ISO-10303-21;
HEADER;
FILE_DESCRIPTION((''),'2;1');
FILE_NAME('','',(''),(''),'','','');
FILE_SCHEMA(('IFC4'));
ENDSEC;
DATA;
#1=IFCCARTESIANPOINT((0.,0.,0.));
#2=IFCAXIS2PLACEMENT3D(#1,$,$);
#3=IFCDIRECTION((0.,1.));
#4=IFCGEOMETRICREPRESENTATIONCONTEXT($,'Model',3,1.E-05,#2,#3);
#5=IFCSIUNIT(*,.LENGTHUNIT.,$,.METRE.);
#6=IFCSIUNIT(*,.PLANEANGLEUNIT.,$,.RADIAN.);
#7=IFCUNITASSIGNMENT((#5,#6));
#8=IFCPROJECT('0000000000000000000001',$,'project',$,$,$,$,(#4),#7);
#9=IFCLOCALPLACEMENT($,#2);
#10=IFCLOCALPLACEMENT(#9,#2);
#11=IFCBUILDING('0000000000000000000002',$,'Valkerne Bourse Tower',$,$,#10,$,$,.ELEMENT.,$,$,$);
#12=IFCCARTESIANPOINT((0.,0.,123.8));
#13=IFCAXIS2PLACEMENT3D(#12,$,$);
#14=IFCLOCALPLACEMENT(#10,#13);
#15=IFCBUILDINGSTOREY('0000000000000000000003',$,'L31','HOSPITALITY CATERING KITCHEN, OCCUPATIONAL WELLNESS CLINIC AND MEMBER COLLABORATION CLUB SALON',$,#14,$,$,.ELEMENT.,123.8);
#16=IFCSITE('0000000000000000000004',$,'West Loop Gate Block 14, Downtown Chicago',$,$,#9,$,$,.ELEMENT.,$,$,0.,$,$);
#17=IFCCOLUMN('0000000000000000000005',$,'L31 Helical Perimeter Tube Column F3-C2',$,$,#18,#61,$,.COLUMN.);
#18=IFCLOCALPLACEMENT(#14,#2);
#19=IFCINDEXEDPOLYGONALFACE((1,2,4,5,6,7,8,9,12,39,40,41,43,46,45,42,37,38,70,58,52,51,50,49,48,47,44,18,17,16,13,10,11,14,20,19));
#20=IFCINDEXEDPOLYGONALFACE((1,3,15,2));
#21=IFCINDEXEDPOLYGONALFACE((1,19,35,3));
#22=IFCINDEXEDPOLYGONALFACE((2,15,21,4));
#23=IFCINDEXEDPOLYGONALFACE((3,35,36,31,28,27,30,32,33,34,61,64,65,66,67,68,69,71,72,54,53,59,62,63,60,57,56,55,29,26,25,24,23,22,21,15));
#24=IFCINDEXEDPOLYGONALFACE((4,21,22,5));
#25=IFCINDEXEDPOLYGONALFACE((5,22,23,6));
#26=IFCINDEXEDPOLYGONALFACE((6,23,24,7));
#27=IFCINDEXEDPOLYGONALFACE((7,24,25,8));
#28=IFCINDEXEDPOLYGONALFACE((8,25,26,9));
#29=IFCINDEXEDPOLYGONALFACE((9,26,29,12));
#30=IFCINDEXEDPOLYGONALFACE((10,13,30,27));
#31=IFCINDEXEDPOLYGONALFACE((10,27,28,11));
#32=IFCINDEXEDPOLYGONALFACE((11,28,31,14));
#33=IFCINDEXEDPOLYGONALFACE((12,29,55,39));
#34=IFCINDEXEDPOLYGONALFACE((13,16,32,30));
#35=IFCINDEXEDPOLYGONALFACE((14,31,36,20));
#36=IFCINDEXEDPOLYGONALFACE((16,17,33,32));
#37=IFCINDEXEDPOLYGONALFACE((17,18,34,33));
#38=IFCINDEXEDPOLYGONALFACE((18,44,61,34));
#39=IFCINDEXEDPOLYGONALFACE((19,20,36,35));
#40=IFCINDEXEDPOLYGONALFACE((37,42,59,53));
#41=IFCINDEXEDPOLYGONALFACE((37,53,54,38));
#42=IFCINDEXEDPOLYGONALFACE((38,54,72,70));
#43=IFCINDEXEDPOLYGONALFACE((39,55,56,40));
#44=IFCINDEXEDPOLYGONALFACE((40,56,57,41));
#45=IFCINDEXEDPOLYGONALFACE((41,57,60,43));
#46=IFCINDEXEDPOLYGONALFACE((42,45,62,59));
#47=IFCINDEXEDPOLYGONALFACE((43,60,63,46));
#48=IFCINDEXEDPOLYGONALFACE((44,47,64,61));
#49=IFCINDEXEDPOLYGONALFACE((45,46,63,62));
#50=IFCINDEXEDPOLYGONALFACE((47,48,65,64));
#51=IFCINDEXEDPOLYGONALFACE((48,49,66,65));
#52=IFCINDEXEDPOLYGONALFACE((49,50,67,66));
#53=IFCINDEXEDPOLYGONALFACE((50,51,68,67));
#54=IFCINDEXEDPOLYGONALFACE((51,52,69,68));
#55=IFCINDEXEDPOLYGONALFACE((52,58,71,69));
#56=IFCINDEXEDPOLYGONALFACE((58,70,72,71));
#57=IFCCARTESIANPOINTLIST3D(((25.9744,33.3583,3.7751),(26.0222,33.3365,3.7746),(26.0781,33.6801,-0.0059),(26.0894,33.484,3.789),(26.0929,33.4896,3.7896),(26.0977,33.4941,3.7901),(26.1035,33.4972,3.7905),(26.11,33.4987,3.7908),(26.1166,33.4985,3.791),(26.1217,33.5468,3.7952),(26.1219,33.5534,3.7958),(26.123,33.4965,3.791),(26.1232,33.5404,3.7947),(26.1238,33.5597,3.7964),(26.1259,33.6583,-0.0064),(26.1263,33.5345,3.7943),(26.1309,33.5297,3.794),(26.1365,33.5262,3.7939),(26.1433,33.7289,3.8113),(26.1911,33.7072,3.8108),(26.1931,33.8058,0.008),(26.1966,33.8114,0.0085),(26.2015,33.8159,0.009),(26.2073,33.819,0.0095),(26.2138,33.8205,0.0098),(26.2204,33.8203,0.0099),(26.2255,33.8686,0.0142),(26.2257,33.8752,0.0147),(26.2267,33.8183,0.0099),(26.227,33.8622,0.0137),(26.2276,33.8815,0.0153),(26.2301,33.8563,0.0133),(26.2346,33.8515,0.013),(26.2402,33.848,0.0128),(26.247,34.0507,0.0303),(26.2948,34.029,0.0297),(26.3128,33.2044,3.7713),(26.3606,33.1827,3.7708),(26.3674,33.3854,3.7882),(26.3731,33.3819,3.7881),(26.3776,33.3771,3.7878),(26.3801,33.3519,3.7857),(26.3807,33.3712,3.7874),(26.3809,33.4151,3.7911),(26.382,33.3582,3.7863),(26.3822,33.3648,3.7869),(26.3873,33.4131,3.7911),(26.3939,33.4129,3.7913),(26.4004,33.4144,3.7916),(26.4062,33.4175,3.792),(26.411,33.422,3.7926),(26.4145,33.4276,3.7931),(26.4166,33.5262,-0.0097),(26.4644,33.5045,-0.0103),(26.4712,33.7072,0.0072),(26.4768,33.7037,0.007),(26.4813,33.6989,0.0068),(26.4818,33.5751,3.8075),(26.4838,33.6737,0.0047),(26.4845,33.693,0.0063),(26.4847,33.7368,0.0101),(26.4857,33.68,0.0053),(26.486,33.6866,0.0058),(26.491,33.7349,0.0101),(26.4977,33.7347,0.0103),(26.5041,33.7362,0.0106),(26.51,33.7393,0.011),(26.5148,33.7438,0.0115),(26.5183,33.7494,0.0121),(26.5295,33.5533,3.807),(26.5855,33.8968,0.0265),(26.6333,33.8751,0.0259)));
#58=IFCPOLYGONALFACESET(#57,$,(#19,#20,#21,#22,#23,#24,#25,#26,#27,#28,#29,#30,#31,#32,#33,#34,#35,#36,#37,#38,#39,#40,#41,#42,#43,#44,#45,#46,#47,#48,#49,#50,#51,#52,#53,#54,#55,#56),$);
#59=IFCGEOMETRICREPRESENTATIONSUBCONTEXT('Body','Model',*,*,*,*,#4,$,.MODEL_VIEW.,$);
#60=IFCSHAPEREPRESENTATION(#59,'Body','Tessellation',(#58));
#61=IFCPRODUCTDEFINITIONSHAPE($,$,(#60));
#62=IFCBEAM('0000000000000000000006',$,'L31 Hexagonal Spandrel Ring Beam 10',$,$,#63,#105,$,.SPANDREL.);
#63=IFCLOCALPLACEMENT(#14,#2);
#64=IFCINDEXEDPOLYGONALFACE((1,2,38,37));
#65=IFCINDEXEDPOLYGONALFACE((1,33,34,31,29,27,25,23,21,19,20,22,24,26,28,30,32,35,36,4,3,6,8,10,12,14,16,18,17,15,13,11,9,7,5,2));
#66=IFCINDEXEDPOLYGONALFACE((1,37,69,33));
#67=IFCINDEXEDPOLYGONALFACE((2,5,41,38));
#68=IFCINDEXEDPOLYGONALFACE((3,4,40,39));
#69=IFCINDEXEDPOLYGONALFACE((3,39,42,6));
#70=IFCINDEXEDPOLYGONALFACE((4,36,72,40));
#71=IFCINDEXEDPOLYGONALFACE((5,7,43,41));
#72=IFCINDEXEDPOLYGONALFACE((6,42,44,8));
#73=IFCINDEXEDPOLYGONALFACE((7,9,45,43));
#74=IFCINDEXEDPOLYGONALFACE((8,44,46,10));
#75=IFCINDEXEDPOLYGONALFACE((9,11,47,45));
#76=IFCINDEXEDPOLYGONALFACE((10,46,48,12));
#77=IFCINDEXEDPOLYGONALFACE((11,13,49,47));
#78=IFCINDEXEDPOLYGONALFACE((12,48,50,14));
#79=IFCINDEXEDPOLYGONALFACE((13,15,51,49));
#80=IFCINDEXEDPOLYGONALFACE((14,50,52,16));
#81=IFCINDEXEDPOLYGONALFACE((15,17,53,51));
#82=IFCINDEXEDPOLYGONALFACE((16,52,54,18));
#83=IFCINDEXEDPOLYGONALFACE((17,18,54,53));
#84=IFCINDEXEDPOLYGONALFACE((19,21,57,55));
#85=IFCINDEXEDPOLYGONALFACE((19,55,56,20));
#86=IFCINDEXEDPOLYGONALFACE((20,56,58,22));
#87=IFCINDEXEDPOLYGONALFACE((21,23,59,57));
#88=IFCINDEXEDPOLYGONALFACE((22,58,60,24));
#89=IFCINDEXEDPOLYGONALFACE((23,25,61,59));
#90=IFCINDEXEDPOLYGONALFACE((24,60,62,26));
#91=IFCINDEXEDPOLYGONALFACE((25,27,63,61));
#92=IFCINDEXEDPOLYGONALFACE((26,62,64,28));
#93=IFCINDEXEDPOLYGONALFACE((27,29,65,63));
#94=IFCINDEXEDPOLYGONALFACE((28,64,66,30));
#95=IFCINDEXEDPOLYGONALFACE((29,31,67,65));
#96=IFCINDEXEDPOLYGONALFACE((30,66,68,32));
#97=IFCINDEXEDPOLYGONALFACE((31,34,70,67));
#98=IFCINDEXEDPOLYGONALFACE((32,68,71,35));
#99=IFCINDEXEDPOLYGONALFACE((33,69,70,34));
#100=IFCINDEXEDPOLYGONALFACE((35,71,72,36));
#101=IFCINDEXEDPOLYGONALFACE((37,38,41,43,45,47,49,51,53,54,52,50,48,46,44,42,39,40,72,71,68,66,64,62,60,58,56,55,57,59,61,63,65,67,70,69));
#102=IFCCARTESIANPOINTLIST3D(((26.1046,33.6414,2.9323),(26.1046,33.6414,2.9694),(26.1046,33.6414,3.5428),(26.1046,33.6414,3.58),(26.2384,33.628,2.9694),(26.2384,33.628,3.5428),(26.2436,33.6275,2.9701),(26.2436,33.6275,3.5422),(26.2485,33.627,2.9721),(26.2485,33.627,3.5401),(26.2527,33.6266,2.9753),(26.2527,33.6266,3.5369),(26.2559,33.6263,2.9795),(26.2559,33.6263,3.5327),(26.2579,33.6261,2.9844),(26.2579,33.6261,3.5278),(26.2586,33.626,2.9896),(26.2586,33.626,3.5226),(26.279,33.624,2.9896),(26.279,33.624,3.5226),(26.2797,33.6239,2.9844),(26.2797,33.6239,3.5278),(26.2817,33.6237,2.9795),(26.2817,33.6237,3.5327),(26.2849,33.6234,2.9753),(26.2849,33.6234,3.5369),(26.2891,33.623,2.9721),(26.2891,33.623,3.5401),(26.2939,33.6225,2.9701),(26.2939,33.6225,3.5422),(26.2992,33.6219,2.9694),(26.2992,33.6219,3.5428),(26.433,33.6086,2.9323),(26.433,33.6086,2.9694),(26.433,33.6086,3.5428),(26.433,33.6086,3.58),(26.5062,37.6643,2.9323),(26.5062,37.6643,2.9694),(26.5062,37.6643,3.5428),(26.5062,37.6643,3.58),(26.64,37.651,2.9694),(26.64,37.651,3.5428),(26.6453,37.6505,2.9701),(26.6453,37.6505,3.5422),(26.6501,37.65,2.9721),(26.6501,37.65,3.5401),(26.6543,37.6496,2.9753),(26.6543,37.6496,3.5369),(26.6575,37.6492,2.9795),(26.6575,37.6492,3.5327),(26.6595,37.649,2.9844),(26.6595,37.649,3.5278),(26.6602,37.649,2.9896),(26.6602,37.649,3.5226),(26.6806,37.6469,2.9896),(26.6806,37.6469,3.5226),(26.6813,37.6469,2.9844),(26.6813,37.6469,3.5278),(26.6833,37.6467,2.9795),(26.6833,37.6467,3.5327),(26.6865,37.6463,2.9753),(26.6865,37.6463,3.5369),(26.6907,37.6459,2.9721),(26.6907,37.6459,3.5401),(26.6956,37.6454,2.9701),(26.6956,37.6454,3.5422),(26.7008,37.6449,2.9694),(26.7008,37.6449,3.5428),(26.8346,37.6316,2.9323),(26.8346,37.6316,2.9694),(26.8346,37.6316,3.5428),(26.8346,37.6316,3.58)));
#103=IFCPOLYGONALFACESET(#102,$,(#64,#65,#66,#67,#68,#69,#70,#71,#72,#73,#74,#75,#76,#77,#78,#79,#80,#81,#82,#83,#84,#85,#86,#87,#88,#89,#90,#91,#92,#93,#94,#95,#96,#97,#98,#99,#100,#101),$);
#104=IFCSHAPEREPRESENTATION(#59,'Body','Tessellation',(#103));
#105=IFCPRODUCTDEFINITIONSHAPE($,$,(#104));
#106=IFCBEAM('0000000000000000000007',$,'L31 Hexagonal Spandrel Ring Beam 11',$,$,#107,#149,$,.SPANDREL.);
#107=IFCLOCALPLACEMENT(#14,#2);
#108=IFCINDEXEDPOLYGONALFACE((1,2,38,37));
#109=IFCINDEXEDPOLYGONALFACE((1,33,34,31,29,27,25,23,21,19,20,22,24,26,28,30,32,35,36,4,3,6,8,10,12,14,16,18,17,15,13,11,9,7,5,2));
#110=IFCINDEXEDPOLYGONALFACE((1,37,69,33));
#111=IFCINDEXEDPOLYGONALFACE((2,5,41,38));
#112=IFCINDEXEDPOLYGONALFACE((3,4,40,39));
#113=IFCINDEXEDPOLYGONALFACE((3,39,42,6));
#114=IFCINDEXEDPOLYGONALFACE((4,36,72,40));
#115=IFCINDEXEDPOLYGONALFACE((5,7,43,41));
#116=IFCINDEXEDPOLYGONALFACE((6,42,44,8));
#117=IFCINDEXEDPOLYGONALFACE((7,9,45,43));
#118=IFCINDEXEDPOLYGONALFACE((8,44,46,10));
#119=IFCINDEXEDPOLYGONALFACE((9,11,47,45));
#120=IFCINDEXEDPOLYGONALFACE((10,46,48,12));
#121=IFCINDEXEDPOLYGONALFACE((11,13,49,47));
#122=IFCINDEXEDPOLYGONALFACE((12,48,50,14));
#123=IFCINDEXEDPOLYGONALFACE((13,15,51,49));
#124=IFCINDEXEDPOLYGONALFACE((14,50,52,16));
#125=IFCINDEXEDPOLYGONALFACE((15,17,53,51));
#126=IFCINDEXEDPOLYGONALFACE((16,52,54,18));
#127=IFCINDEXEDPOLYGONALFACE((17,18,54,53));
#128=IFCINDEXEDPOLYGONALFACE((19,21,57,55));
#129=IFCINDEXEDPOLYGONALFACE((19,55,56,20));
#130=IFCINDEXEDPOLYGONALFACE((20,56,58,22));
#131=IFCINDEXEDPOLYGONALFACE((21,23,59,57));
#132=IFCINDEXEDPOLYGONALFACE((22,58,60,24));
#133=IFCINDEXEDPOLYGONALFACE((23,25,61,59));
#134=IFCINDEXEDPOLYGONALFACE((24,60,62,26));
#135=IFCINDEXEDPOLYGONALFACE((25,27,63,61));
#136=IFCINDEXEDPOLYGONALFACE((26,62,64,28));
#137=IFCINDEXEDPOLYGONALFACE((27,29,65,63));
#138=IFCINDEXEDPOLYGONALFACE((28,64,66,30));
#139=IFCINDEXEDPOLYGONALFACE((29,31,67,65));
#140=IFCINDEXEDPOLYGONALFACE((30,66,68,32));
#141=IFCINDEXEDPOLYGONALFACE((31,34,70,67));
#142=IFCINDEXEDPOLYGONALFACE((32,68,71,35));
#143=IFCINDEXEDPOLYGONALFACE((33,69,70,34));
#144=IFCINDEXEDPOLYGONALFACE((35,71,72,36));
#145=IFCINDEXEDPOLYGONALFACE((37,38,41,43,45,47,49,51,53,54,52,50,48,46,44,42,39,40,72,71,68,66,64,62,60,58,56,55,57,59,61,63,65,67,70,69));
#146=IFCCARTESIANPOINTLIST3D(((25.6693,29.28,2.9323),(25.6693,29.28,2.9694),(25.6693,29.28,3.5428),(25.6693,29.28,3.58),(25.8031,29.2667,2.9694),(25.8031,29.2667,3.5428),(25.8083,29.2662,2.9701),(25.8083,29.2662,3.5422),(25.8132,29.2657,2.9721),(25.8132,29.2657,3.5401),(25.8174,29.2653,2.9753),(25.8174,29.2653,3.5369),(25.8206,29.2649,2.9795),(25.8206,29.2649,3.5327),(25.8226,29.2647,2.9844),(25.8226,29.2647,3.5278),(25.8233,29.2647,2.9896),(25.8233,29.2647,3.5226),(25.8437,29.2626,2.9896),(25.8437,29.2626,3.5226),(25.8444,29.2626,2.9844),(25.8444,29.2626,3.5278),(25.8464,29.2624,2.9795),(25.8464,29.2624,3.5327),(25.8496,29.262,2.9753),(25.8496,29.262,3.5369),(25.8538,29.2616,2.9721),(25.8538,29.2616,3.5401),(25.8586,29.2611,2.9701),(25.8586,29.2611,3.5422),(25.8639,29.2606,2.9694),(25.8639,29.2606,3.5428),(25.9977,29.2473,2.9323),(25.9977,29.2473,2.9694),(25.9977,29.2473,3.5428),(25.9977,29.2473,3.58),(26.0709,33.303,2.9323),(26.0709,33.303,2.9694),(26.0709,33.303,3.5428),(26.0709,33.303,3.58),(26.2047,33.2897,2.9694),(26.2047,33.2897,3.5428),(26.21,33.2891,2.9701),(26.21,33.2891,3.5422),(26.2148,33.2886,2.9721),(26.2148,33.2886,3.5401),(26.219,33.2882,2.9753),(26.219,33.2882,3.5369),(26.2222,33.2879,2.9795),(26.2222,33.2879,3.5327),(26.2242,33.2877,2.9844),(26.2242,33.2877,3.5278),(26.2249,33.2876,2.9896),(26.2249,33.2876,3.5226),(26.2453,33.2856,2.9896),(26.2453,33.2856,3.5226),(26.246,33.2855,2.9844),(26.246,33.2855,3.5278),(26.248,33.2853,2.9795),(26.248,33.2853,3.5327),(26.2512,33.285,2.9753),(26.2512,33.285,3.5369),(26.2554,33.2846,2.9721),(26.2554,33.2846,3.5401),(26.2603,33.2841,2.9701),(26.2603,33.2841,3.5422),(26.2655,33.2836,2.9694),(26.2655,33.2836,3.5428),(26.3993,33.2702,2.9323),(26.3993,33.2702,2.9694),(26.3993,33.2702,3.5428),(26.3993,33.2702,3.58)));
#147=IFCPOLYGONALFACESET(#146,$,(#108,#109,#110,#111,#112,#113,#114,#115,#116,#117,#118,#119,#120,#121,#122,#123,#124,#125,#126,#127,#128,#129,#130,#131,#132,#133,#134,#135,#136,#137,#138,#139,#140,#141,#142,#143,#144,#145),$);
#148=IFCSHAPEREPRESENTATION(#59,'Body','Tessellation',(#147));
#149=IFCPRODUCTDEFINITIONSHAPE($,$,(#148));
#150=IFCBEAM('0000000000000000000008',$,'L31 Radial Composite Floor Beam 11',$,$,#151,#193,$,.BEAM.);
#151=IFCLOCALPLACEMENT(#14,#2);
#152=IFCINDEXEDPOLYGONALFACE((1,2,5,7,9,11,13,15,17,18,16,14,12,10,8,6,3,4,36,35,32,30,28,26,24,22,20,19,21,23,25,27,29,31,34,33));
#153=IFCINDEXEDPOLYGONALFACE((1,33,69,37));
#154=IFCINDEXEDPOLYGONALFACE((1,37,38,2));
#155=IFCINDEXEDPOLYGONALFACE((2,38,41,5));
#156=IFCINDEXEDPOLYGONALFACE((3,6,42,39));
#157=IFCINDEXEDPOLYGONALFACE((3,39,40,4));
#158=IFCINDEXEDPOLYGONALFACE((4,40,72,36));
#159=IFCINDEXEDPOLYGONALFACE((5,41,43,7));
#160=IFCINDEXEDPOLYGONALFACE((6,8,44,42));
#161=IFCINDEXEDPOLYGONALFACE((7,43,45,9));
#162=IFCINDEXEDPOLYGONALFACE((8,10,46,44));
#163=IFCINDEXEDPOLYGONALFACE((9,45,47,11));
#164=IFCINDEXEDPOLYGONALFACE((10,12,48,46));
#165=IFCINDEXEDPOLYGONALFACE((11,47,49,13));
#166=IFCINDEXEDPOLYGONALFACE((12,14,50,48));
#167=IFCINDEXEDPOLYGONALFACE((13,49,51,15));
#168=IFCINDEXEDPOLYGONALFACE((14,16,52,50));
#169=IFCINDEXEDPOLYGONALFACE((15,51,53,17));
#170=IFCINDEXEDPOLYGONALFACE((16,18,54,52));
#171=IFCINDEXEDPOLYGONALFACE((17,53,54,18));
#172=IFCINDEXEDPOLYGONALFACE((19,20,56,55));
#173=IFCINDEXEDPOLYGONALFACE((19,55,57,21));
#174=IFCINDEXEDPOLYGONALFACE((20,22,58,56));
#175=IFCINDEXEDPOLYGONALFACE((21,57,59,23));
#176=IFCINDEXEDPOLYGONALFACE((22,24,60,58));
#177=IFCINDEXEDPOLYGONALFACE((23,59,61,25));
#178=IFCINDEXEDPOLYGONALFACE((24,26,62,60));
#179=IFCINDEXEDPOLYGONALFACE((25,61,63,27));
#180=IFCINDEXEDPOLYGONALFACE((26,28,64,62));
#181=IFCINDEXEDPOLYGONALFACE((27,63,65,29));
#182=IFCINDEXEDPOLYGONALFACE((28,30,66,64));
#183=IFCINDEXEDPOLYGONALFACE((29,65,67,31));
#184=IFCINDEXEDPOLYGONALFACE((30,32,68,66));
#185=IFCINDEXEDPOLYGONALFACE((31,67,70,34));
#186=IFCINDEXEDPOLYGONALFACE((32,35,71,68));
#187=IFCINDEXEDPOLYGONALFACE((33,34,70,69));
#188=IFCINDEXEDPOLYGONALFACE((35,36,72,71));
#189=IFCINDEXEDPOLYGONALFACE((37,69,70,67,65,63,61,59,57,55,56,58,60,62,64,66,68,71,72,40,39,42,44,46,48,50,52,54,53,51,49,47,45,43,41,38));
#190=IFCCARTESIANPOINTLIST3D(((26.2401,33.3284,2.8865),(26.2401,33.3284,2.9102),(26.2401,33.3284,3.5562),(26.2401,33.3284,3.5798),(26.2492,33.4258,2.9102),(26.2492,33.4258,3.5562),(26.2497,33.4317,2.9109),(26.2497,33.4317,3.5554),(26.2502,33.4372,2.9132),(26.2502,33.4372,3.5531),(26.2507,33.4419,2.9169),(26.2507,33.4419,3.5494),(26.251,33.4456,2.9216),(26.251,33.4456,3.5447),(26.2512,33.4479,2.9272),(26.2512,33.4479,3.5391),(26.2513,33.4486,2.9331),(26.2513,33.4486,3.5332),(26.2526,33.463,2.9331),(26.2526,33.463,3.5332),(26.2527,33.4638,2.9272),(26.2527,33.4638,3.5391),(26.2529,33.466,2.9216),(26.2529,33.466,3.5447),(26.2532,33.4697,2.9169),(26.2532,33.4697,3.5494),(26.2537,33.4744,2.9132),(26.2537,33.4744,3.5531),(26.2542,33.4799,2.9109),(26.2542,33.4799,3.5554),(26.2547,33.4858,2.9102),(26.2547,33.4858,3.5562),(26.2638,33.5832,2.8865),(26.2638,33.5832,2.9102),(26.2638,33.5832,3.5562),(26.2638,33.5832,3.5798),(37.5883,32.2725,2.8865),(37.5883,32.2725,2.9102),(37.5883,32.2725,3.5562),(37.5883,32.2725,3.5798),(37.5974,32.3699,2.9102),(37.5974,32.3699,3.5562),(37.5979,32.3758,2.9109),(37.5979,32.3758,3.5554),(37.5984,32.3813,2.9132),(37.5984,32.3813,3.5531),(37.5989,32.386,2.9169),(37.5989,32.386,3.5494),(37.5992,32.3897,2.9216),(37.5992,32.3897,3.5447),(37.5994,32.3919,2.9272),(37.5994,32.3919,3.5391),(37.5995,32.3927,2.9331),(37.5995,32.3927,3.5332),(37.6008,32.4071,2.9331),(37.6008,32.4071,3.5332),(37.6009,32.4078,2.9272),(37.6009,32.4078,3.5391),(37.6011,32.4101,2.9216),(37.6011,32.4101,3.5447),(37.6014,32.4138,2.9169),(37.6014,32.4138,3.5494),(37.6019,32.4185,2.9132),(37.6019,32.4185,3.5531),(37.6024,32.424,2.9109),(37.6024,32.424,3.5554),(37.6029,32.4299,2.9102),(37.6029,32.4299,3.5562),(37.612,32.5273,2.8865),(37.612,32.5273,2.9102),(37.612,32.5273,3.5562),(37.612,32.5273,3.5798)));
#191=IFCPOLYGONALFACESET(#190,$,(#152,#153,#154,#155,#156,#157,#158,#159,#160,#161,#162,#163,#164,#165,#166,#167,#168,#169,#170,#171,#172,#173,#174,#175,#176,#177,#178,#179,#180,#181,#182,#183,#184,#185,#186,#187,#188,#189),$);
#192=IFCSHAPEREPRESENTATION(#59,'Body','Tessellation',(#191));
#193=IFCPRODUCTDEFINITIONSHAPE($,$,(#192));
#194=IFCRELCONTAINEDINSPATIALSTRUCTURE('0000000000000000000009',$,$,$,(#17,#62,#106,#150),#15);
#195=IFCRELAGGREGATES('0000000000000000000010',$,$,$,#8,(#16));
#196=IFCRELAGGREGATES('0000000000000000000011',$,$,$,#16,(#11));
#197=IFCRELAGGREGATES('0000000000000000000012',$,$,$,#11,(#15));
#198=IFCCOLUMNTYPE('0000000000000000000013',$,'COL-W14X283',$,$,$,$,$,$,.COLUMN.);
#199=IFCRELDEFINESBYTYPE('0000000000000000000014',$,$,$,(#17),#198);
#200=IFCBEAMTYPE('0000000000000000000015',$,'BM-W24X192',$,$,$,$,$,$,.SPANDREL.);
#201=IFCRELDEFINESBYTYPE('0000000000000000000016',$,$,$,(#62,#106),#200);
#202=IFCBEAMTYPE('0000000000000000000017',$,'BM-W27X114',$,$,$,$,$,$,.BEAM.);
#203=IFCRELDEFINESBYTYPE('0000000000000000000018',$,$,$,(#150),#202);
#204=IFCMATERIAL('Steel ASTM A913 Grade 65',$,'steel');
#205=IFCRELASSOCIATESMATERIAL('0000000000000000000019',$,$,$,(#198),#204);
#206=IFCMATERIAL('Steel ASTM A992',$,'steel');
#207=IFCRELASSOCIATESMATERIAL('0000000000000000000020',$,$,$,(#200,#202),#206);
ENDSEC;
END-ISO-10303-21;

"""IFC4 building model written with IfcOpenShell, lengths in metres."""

from ifc_helpers import new_model, si_unit, direction, frame, origin, origin_2d, place, context, subcontext, project, spatial, i_section, extrude, material, material_profile, profile_set, type_object, element, save


model = new_model("IFC4")

# Units and contexts
model_context = context("Model", 3, precision=1e-05, world=origin(), true_north=direction((0.0, 1.0)))
body_context = subcontext(model_context, "Body", "Model", "MODEL_VIEW")
ifc_project = project(units=[si_unit("LENGTHUNIT", "METRE"), si_unit("PLANEANGLEUNIT", "RADIAN")], contexts=[model_context])

# Site, building, storey
site_placement = place(None, origin())
site = spatial("IfcSite", under=ifc_project, at=site_placement, Name="West Loop Gate Block 14, Downtown Chicago", CompositionType="ELEMENT", RefElevation=0.0)
building_placement = place(site_placement, origin())
building = spatial("IfcBuilding", under=site, at=building_placement, Name="Valkerne Bourse Tower", CompositionType="ELEMENT")
storey_placement = place(building_placement, frame((0.0, 0.0, 123.8)))
storey = spatial("IfcBuildingStorey", under=building, at=storey_placement, Name="L31", Description="HOSPITALITY CATERING KITCHEN, OCCUPATIONAL WELLNESS CLINIC AND MEMBER COLLABORATION CLUB SALON", CompositionType="ELEMENT", Elevation=123.8)

# Column
ifc_material_1 = material(Name="Steel ASTM A913 Grade 65", Category="steel")
ifc_material_profile_1 = material_profile(ifc_material_1, i_section(OverallWidth=0.4089, OverallDepth=0.4243, WebThickness=0.0327, FlangeThickness=0.0525, FilletRadius=0.0254, at=origin_2d()), Name="W14X283")
ifc_profile_set_1 = profile_set([ifc_material_profile_1], Name="Steel ASTM A913 Grade 65")
column_type = type_object("IfcColumnType", Name="COL-W14X283", PredefinedType="COLUMN", material=ifc_profile_set_1)
column_placement = place(storey_placement, frame((26.3557, 33.7776, 0.01), z_axis=(-0.027333, -0.084765, 0.996026), x_axis=(-0.413042, -0.906404, -0.088473)))
element("IfcColumn", 1, at=column_placement, inside=storey, type_object=column_type, Name="L31 Helical Perimeter Tube Column F3-C2", PredefinedType="COLUMN", context=body_context, shape_type="SweptSolid", body=[
    extrude(i_section(OverallWidth=0.4089, OverallDepth=0.4243, WebThickness=0.0327, FlangeThickness=0.0525, FilletRadius=0.0254, at=origin_2d()), origin(), (0.0, 0.0, 1.0), 3.7961),
])

# Beams
ifc_material_2 = material(Name="Steel ASTM A992", Category="steel")
ifc_material_profile_2 = material_profile(ifc_material_2, i_section(OverallWidth=0.3301, OverallDepth=0.6477, WebThickness=0.0205, FlangeThickness=0.0371, FilletRadius=0.0203, at=origin_2d()), Name="W24X192")
ifc_profile_set_2 = profile_set([ifc_material_profile_2], Name="Steel ASTM A992")
beam_type_1 = type_object("IfcBeamType", Name="BM-W24X192", PredefinedType="SPANDREL", material=ifc_profile_set_2)
for number, where, z_axis, x_axis, name in (
    (2, (26.6704, 37.6479, 3.2561), (-0.099336, -0.995054, 0.0), (0.995054, -0.099336, 0.0), "L31 Hexagonal Spandrel Ring Beam 10"),
    (3, (26.2351, 33.2866, 3.2561), (-0.099336, -0.995054, 0.0), (0.995054, -0.099336, 0.0), "L31 Hexagonal Spandrel Ring Beam 11"),
):
    element("IfcBeam", number, at=place(storey_placement, frame(where, z_axis=z_axis, x_axis=x_axis)), inside=storey, type_object=beam_type_1, Name=name, PredefinedType="SPANDREL", context=body_context, shape_type="SweptSolid", body=[
        extrude(i_section(OverallWidth=0.3301, OverallDepth=0.6477, WebThickness=0.0205, FlangeThickness=0.0371, FilletRadius=0.0203, at=origin_2d()), origin(), (0.0, 0.0, 1.0), 4.043),
    ])
ifc_material_profile_3 = material_profile(ifc_material_2, i_section(OverallWidth=0.2559, OverallDepth=0.6934, WebThickness=0.0144, FlangeThickness=0.0237, FilletRadius=0.0229, at=origin_2d()), Name="W27X114")
ifc_profile_set_3 = profile_set([ifc_material_profile_3], Name="Steel ASTM A992")
beam_type_2 = type_object("IfcBeamType", Name="BM-W27X114", PredefinedType="BEAM", material=ifc_profile_set_3)
beam_1_placement = place(storey_placement, frame((26.252, 33.4558, 3.2332), z_axis=(0.995699, -0.092647, 0.0), x_axis=(0.092647, 0.995699, 0.0)))
element("IfcBeam", 4, at=beam_1_placement, inside=storey, type_object=beam_type_2, Name="L31 Radial Composite Floor Beam 11", PredefinedType="BEAM", context=body_context, shape_type="SweptSolid", body=[
    extrude(i_section(OverallWidth=0.2559, OverallDepth=0.6934, WebThickness=0.0144, FlangeThickness=0.0237, FilletRadius=0.0229, at=origin_2d()), origin(), (0.0, 0.0, 1.0), 11.3972),
])

save(model, "model.ifc")
